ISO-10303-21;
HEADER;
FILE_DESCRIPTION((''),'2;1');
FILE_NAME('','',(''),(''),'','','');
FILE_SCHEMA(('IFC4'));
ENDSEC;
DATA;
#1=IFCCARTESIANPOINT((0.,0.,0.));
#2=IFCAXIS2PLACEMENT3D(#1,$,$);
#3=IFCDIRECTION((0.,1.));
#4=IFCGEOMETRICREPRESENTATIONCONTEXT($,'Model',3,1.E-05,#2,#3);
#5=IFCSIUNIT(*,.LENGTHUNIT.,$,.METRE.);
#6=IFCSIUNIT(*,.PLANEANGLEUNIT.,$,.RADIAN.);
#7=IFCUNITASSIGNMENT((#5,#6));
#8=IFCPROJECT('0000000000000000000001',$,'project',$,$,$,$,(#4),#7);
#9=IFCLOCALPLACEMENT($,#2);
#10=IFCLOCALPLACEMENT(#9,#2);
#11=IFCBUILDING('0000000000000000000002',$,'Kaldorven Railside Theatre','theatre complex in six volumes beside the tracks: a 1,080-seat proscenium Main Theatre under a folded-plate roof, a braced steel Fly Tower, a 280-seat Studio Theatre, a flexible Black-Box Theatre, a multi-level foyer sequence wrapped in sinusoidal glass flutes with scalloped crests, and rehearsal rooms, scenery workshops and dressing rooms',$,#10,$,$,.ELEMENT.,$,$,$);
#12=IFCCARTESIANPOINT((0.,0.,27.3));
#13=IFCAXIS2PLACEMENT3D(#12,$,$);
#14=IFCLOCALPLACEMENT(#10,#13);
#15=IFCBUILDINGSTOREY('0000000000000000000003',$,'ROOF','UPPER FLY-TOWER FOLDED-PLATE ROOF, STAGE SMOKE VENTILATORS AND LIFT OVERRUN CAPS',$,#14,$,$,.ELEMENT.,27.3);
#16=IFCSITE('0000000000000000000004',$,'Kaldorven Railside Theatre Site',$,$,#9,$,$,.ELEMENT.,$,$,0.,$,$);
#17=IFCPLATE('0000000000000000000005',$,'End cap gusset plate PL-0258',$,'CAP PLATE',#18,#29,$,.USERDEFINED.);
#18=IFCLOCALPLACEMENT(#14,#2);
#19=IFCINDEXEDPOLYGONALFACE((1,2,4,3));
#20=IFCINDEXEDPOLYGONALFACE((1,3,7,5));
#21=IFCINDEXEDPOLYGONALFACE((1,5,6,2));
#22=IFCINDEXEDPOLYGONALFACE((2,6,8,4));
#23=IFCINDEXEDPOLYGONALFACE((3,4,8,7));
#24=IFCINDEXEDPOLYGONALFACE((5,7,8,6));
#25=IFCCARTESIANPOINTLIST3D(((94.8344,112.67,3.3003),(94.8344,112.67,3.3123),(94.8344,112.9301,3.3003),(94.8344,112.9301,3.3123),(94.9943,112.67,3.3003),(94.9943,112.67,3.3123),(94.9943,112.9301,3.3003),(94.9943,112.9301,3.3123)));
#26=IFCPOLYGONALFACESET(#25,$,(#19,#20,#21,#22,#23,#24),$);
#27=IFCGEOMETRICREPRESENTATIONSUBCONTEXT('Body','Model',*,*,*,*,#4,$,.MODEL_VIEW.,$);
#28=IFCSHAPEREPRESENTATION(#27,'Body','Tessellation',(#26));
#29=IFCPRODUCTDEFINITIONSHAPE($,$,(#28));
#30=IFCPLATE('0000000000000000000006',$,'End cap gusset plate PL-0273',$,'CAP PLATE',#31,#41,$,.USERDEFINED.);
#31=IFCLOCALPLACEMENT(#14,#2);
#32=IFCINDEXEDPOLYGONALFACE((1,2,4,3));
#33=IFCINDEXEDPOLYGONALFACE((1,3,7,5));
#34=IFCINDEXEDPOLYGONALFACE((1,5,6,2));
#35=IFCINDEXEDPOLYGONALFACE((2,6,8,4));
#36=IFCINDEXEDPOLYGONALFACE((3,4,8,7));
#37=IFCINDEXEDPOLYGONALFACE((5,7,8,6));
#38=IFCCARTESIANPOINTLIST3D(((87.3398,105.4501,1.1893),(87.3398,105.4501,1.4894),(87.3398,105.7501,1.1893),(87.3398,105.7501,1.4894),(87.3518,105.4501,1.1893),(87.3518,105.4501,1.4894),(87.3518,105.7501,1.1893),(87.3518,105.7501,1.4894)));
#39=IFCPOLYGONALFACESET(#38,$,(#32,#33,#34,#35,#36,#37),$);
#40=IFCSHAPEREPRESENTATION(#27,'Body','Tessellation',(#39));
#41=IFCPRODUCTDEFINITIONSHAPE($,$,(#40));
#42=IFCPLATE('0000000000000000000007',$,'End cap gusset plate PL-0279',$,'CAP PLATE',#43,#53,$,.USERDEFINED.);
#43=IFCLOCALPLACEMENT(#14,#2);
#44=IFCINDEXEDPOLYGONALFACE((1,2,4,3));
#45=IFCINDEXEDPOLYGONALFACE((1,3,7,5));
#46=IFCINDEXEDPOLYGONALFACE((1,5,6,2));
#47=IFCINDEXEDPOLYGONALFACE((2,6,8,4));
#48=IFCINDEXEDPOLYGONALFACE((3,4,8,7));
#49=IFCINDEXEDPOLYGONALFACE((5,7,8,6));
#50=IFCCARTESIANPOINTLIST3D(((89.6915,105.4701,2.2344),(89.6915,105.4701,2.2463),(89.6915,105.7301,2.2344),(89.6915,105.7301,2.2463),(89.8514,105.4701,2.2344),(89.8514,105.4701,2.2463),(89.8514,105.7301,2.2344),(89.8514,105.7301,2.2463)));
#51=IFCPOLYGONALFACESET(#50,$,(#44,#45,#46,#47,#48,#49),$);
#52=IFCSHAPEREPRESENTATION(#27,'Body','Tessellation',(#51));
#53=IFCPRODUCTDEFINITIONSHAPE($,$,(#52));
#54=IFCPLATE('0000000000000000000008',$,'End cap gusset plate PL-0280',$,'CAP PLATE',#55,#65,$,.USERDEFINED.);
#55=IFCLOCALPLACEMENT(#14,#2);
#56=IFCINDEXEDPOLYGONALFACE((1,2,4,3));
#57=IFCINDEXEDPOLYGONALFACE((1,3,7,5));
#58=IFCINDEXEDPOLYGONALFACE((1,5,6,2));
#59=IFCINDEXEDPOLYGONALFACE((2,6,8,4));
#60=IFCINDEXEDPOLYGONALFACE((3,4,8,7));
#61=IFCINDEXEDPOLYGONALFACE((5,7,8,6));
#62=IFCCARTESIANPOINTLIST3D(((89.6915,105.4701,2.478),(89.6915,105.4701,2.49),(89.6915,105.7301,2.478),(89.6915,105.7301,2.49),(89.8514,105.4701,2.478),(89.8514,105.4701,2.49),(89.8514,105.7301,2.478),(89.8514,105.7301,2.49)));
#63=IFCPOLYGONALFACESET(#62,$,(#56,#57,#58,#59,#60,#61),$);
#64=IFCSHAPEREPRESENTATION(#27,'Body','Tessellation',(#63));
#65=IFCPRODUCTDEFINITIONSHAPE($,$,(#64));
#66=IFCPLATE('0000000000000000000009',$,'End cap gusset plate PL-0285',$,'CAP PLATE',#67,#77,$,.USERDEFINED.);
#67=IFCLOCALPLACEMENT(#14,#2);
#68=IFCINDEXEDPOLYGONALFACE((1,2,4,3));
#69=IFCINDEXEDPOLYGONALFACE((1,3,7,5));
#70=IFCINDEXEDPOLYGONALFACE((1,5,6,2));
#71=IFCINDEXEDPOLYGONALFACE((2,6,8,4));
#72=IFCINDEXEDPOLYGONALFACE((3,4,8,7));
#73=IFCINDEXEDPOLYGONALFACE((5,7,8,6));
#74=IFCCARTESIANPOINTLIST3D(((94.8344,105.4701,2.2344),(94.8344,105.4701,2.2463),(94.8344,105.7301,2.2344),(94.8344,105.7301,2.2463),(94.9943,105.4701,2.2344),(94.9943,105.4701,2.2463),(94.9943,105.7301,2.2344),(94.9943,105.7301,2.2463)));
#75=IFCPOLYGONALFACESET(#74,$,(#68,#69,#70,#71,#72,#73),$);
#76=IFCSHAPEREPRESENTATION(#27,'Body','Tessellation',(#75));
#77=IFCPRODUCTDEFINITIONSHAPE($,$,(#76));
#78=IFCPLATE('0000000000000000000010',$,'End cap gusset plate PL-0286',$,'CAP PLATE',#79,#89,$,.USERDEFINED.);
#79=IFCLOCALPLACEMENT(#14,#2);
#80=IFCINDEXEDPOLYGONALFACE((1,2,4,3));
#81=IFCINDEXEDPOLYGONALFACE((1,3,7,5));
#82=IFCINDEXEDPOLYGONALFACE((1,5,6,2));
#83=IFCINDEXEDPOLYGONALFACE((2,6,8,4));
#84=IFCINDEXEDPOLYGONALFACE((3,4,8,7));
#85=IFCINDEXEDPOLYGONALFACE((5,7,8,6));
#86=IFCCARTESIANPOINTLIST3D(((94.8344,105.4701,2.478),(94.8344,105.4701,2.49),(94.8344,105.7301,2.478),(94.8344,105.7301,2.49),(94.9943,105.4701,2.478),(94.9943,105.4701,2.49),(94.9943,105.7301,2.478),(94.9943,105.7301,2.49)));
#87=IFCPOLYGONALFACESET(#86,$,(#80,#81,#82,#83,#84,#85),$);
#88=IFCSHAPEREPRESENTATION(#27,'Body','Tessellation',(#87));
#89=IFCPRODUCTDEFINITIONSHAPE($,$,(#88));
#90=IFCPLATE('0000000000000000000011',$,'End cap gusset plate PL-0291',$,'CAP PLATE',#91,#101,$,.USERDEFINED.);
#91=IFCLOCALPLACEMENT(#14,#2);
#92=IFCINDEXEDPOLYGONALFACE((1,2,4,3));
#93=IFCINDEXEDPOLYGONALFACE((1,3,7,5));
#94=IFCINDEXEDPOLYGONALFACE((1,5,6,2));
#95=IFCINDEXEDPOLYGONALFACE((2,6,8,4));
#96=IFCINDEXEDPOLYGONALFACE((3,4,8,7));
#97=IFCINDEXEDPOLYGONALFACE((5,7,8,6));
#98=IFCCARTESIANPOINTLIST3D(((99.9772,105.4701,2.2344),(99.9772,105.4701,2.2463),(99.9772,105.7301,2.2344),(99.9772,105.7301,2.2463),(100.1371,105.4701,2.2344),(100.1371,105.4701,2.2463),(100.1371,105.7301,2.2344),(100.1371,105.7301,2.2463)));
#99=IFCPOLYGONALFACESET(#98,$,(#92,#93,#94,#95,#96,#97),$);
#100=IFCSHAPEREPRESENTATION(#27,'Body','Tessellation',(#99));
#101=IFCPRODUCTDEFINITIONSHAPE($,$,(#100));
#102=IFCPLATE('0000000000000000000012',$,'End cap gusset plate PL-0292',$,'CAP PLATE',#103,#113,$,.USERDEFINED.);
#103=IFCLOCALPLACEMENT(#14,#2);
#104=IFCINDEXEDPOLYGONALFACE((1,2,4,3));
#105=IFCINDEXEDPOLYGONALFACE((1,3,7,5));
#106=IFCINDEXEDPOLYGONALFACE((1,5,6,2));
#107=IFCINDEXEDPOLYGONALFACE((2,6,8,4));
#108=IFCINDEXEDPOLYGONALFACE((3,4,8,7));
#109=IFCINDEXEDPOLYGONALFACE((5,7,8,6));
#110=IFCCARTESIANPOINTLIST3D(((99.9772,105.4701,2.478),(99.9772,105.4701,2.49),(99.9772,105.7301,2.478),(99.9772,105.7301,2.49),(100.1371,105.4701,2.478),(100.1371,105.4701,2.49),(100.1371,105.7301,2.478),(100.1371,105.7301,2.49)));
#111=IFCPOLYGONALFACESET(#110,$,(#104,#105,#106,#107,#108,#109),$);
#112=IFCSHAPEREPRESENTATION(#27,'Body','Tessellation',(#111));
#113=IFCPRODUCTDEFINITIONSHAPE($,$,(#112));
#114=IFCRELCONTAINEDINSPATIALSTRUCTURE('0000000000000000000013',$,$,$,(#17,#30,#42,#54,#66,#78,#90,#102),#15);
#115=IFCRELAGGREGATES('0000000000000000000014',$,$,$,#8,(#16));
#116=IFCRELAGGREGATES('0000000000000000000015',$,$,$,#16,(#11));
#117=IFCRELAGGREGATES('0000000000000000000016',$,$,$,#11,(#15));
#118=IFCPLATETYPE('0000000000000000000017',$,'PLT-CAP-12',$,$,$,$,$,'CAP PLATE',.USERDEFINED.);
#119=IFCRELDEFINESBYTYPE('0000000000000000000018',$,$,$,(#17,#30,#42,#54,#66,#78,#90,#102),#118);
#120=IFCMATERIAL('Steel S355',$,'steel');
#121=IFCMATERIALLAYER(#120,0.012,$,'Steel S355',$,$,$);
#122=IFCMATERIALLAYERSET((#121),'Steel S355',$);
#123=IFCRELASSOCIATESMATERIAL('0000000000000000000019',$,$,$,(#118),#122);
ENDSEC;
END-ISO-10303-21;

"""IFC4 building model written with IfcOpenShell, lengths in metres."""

from ifc_helpers import new_model, si_unit, direction, frame, origin, origin_2d, place, context, subcontext, project, spatial, rectangle, extrude, material, layer, layer_set, type_object, element, save


model = new_model("IFC4")

# Units and contexts
model_context = context("Model", 3, precision=1e-05, world=origin(), true_north=direction((0.0, 1.0)))
body_context = subcontext(model_context, "Body", "Model", "MODEL_VIEW")
ifc_project = project(units=[si_unit("LENGTHUNIT", "METRE"), si_unit("PLANEANGLEUNIT", "RADIAN")], contexts=[model_context])

# Site, building, storey
site_placement = place(None, origin())
site = spatial("IfcSite", under=ifc_project, at=site_placement, Name="Kaldorven Railside Theatre Site", CompositionType="ELEMENT", RefElevation=0.0)
building_placement = place(site_placement, origin())
building = spatial("IfcBuilding", under=site, at=building_placement, Name="Kaldorven Railside Theatre", Description="theatre complex in six volumes beside the tracks: a 1,080-seat proscenium Main Theatre under a folded-plate roof, a braced steel Fly Tower, a 280-seat Studio Theatre, a flexible Black-Box Theatre, a multi-level foyer sequence wrapped in sinusoidal glass flutes with scalloped crests, and rehearsal rooms, scenery workshops and dressing rooms", CompositionType="ELEMENT")
storey_placement = place(building_placement, frame((0.0, 0.0, 27.3)))
storey = spatial("IfcBuildingStorey", under=building, at=storey_placement, Name="ROOF", Description="UPPER FLY-TOWER FOLDED-PLATE ROOF, STAGE SMOKE VENTILATORS AND LIFT OVERRUN CAPS", CompositionType="ELEMENT", Elevation=27.3)

# Shared definitions
ifc_material = material(Name="Steel S355", Category="steel")

# Plates
ifc_layer = layer(ifc_material, 0.012, Name="Steel S355")
ifc_layer_set = layer_set([ifc_layer], Name="Steel S355")
plate_type = type_object("IfcPlateType", Name="PLT-CAP-12", ElementType="CAP PLATE", PredefinedType="USERDEFINED", material=ifc_layer_set)
for number, where, z_axis, x_axis, name in (
    (1, (94.9143, 112.8, 3.3003), (0.0, 0.0, 1.0), (1.0, 0.0, 0.0), "End cap gusset plate PL-0258"),
):
    element("IfcPlate", number, at=place(storey_placement, frame(where, z_axis=z_axis, x_axis=x_axis)), inside=storey, type_object=plate_type, Name=name, ObjectType="CAP PLATE", PredefinedType="USERDEFINED", context=body_context, shape_type="SweptSolid", body=[
        extrude(rectangle(XDim=0.1599, YDim=0.26, at=origin_2d()), origin(), (0.0, 0.0, 1.0), 0.012),
    ])
plate_placement = place(storey_placement, frame((87.3398, 105.6001, 1.3394), z_axis=(1.0, 0.0, 0.0), x_axis=(0.0, 1.0, 0.0)))
element("IfcPlate", 2, at=plate_placement, inside=storey, type_object=plate_type, Name="End cap gusset plate PL-0273", ObjectType="CAP PLATE", PredefinedType="USERDEFINED", context=body_context, shape_type="SweptSolid", body=[
    extrude(rectangle(XDim=0.3, YDim=0.3, at=origin_2d()), origin(), (0.0, 0.0, 1.0), 0.012),
])
for number, where, z_axis, x_axis, name in (
    (3, (89.7715, 105.6001, 2.2344), (0.0, 0.0, 1.0), (1.0, 0.0, 0.0), "End cap gusset plate PL-0279"),
    (4, (89.7715, 105.6001, 2.478), (0.0, 0.0, 1.0), (1.0, 0.0, 0.0), "End cap gusset plate PL-0280"),
    (5, (94.9143, 105.6001, 2.2344), (0.0, 0.0, 1.0), (1.0, 0.0, 0.0), "End cap gusset plate PL-0285"),
    (6, (94.9143, 105.6001, 2.478), (0.0, 0.0, 1.0), (1.0, 0.0, 0.0), "End cap gusset plate PL-0286"),
    (7, (100.0571, 105.6001, 2.2344), (0.0, 0.0, 1.0), (1.0, 0.0, 0.0), "End cap gusset plate PL-0291"),
    (8, (100.0571, 105.6001, 2.478), (0.0, 0.0, 1.0), (1.0, 0.0, 0.0), "End cap gusset plate PL-0292"),
):
    element("IfcPlate", number, at=place(storey_placement, frame(where, z_axis=z_axis, x_axis=x_axis)), inside=storey, type_object=plate_type, Name=name, ObjectType="CAP PLATE", PredefinedType="USERDEFINED", context=body_context, shape_type="SweptSolid", body=[
        extrude(rectangle(XDim=0.1599, YDim=0.26, at=origin_2d()), origin(), (0.0, 0.0, 1.0), 0.012),
    ])

save(model, "model.ifc")
